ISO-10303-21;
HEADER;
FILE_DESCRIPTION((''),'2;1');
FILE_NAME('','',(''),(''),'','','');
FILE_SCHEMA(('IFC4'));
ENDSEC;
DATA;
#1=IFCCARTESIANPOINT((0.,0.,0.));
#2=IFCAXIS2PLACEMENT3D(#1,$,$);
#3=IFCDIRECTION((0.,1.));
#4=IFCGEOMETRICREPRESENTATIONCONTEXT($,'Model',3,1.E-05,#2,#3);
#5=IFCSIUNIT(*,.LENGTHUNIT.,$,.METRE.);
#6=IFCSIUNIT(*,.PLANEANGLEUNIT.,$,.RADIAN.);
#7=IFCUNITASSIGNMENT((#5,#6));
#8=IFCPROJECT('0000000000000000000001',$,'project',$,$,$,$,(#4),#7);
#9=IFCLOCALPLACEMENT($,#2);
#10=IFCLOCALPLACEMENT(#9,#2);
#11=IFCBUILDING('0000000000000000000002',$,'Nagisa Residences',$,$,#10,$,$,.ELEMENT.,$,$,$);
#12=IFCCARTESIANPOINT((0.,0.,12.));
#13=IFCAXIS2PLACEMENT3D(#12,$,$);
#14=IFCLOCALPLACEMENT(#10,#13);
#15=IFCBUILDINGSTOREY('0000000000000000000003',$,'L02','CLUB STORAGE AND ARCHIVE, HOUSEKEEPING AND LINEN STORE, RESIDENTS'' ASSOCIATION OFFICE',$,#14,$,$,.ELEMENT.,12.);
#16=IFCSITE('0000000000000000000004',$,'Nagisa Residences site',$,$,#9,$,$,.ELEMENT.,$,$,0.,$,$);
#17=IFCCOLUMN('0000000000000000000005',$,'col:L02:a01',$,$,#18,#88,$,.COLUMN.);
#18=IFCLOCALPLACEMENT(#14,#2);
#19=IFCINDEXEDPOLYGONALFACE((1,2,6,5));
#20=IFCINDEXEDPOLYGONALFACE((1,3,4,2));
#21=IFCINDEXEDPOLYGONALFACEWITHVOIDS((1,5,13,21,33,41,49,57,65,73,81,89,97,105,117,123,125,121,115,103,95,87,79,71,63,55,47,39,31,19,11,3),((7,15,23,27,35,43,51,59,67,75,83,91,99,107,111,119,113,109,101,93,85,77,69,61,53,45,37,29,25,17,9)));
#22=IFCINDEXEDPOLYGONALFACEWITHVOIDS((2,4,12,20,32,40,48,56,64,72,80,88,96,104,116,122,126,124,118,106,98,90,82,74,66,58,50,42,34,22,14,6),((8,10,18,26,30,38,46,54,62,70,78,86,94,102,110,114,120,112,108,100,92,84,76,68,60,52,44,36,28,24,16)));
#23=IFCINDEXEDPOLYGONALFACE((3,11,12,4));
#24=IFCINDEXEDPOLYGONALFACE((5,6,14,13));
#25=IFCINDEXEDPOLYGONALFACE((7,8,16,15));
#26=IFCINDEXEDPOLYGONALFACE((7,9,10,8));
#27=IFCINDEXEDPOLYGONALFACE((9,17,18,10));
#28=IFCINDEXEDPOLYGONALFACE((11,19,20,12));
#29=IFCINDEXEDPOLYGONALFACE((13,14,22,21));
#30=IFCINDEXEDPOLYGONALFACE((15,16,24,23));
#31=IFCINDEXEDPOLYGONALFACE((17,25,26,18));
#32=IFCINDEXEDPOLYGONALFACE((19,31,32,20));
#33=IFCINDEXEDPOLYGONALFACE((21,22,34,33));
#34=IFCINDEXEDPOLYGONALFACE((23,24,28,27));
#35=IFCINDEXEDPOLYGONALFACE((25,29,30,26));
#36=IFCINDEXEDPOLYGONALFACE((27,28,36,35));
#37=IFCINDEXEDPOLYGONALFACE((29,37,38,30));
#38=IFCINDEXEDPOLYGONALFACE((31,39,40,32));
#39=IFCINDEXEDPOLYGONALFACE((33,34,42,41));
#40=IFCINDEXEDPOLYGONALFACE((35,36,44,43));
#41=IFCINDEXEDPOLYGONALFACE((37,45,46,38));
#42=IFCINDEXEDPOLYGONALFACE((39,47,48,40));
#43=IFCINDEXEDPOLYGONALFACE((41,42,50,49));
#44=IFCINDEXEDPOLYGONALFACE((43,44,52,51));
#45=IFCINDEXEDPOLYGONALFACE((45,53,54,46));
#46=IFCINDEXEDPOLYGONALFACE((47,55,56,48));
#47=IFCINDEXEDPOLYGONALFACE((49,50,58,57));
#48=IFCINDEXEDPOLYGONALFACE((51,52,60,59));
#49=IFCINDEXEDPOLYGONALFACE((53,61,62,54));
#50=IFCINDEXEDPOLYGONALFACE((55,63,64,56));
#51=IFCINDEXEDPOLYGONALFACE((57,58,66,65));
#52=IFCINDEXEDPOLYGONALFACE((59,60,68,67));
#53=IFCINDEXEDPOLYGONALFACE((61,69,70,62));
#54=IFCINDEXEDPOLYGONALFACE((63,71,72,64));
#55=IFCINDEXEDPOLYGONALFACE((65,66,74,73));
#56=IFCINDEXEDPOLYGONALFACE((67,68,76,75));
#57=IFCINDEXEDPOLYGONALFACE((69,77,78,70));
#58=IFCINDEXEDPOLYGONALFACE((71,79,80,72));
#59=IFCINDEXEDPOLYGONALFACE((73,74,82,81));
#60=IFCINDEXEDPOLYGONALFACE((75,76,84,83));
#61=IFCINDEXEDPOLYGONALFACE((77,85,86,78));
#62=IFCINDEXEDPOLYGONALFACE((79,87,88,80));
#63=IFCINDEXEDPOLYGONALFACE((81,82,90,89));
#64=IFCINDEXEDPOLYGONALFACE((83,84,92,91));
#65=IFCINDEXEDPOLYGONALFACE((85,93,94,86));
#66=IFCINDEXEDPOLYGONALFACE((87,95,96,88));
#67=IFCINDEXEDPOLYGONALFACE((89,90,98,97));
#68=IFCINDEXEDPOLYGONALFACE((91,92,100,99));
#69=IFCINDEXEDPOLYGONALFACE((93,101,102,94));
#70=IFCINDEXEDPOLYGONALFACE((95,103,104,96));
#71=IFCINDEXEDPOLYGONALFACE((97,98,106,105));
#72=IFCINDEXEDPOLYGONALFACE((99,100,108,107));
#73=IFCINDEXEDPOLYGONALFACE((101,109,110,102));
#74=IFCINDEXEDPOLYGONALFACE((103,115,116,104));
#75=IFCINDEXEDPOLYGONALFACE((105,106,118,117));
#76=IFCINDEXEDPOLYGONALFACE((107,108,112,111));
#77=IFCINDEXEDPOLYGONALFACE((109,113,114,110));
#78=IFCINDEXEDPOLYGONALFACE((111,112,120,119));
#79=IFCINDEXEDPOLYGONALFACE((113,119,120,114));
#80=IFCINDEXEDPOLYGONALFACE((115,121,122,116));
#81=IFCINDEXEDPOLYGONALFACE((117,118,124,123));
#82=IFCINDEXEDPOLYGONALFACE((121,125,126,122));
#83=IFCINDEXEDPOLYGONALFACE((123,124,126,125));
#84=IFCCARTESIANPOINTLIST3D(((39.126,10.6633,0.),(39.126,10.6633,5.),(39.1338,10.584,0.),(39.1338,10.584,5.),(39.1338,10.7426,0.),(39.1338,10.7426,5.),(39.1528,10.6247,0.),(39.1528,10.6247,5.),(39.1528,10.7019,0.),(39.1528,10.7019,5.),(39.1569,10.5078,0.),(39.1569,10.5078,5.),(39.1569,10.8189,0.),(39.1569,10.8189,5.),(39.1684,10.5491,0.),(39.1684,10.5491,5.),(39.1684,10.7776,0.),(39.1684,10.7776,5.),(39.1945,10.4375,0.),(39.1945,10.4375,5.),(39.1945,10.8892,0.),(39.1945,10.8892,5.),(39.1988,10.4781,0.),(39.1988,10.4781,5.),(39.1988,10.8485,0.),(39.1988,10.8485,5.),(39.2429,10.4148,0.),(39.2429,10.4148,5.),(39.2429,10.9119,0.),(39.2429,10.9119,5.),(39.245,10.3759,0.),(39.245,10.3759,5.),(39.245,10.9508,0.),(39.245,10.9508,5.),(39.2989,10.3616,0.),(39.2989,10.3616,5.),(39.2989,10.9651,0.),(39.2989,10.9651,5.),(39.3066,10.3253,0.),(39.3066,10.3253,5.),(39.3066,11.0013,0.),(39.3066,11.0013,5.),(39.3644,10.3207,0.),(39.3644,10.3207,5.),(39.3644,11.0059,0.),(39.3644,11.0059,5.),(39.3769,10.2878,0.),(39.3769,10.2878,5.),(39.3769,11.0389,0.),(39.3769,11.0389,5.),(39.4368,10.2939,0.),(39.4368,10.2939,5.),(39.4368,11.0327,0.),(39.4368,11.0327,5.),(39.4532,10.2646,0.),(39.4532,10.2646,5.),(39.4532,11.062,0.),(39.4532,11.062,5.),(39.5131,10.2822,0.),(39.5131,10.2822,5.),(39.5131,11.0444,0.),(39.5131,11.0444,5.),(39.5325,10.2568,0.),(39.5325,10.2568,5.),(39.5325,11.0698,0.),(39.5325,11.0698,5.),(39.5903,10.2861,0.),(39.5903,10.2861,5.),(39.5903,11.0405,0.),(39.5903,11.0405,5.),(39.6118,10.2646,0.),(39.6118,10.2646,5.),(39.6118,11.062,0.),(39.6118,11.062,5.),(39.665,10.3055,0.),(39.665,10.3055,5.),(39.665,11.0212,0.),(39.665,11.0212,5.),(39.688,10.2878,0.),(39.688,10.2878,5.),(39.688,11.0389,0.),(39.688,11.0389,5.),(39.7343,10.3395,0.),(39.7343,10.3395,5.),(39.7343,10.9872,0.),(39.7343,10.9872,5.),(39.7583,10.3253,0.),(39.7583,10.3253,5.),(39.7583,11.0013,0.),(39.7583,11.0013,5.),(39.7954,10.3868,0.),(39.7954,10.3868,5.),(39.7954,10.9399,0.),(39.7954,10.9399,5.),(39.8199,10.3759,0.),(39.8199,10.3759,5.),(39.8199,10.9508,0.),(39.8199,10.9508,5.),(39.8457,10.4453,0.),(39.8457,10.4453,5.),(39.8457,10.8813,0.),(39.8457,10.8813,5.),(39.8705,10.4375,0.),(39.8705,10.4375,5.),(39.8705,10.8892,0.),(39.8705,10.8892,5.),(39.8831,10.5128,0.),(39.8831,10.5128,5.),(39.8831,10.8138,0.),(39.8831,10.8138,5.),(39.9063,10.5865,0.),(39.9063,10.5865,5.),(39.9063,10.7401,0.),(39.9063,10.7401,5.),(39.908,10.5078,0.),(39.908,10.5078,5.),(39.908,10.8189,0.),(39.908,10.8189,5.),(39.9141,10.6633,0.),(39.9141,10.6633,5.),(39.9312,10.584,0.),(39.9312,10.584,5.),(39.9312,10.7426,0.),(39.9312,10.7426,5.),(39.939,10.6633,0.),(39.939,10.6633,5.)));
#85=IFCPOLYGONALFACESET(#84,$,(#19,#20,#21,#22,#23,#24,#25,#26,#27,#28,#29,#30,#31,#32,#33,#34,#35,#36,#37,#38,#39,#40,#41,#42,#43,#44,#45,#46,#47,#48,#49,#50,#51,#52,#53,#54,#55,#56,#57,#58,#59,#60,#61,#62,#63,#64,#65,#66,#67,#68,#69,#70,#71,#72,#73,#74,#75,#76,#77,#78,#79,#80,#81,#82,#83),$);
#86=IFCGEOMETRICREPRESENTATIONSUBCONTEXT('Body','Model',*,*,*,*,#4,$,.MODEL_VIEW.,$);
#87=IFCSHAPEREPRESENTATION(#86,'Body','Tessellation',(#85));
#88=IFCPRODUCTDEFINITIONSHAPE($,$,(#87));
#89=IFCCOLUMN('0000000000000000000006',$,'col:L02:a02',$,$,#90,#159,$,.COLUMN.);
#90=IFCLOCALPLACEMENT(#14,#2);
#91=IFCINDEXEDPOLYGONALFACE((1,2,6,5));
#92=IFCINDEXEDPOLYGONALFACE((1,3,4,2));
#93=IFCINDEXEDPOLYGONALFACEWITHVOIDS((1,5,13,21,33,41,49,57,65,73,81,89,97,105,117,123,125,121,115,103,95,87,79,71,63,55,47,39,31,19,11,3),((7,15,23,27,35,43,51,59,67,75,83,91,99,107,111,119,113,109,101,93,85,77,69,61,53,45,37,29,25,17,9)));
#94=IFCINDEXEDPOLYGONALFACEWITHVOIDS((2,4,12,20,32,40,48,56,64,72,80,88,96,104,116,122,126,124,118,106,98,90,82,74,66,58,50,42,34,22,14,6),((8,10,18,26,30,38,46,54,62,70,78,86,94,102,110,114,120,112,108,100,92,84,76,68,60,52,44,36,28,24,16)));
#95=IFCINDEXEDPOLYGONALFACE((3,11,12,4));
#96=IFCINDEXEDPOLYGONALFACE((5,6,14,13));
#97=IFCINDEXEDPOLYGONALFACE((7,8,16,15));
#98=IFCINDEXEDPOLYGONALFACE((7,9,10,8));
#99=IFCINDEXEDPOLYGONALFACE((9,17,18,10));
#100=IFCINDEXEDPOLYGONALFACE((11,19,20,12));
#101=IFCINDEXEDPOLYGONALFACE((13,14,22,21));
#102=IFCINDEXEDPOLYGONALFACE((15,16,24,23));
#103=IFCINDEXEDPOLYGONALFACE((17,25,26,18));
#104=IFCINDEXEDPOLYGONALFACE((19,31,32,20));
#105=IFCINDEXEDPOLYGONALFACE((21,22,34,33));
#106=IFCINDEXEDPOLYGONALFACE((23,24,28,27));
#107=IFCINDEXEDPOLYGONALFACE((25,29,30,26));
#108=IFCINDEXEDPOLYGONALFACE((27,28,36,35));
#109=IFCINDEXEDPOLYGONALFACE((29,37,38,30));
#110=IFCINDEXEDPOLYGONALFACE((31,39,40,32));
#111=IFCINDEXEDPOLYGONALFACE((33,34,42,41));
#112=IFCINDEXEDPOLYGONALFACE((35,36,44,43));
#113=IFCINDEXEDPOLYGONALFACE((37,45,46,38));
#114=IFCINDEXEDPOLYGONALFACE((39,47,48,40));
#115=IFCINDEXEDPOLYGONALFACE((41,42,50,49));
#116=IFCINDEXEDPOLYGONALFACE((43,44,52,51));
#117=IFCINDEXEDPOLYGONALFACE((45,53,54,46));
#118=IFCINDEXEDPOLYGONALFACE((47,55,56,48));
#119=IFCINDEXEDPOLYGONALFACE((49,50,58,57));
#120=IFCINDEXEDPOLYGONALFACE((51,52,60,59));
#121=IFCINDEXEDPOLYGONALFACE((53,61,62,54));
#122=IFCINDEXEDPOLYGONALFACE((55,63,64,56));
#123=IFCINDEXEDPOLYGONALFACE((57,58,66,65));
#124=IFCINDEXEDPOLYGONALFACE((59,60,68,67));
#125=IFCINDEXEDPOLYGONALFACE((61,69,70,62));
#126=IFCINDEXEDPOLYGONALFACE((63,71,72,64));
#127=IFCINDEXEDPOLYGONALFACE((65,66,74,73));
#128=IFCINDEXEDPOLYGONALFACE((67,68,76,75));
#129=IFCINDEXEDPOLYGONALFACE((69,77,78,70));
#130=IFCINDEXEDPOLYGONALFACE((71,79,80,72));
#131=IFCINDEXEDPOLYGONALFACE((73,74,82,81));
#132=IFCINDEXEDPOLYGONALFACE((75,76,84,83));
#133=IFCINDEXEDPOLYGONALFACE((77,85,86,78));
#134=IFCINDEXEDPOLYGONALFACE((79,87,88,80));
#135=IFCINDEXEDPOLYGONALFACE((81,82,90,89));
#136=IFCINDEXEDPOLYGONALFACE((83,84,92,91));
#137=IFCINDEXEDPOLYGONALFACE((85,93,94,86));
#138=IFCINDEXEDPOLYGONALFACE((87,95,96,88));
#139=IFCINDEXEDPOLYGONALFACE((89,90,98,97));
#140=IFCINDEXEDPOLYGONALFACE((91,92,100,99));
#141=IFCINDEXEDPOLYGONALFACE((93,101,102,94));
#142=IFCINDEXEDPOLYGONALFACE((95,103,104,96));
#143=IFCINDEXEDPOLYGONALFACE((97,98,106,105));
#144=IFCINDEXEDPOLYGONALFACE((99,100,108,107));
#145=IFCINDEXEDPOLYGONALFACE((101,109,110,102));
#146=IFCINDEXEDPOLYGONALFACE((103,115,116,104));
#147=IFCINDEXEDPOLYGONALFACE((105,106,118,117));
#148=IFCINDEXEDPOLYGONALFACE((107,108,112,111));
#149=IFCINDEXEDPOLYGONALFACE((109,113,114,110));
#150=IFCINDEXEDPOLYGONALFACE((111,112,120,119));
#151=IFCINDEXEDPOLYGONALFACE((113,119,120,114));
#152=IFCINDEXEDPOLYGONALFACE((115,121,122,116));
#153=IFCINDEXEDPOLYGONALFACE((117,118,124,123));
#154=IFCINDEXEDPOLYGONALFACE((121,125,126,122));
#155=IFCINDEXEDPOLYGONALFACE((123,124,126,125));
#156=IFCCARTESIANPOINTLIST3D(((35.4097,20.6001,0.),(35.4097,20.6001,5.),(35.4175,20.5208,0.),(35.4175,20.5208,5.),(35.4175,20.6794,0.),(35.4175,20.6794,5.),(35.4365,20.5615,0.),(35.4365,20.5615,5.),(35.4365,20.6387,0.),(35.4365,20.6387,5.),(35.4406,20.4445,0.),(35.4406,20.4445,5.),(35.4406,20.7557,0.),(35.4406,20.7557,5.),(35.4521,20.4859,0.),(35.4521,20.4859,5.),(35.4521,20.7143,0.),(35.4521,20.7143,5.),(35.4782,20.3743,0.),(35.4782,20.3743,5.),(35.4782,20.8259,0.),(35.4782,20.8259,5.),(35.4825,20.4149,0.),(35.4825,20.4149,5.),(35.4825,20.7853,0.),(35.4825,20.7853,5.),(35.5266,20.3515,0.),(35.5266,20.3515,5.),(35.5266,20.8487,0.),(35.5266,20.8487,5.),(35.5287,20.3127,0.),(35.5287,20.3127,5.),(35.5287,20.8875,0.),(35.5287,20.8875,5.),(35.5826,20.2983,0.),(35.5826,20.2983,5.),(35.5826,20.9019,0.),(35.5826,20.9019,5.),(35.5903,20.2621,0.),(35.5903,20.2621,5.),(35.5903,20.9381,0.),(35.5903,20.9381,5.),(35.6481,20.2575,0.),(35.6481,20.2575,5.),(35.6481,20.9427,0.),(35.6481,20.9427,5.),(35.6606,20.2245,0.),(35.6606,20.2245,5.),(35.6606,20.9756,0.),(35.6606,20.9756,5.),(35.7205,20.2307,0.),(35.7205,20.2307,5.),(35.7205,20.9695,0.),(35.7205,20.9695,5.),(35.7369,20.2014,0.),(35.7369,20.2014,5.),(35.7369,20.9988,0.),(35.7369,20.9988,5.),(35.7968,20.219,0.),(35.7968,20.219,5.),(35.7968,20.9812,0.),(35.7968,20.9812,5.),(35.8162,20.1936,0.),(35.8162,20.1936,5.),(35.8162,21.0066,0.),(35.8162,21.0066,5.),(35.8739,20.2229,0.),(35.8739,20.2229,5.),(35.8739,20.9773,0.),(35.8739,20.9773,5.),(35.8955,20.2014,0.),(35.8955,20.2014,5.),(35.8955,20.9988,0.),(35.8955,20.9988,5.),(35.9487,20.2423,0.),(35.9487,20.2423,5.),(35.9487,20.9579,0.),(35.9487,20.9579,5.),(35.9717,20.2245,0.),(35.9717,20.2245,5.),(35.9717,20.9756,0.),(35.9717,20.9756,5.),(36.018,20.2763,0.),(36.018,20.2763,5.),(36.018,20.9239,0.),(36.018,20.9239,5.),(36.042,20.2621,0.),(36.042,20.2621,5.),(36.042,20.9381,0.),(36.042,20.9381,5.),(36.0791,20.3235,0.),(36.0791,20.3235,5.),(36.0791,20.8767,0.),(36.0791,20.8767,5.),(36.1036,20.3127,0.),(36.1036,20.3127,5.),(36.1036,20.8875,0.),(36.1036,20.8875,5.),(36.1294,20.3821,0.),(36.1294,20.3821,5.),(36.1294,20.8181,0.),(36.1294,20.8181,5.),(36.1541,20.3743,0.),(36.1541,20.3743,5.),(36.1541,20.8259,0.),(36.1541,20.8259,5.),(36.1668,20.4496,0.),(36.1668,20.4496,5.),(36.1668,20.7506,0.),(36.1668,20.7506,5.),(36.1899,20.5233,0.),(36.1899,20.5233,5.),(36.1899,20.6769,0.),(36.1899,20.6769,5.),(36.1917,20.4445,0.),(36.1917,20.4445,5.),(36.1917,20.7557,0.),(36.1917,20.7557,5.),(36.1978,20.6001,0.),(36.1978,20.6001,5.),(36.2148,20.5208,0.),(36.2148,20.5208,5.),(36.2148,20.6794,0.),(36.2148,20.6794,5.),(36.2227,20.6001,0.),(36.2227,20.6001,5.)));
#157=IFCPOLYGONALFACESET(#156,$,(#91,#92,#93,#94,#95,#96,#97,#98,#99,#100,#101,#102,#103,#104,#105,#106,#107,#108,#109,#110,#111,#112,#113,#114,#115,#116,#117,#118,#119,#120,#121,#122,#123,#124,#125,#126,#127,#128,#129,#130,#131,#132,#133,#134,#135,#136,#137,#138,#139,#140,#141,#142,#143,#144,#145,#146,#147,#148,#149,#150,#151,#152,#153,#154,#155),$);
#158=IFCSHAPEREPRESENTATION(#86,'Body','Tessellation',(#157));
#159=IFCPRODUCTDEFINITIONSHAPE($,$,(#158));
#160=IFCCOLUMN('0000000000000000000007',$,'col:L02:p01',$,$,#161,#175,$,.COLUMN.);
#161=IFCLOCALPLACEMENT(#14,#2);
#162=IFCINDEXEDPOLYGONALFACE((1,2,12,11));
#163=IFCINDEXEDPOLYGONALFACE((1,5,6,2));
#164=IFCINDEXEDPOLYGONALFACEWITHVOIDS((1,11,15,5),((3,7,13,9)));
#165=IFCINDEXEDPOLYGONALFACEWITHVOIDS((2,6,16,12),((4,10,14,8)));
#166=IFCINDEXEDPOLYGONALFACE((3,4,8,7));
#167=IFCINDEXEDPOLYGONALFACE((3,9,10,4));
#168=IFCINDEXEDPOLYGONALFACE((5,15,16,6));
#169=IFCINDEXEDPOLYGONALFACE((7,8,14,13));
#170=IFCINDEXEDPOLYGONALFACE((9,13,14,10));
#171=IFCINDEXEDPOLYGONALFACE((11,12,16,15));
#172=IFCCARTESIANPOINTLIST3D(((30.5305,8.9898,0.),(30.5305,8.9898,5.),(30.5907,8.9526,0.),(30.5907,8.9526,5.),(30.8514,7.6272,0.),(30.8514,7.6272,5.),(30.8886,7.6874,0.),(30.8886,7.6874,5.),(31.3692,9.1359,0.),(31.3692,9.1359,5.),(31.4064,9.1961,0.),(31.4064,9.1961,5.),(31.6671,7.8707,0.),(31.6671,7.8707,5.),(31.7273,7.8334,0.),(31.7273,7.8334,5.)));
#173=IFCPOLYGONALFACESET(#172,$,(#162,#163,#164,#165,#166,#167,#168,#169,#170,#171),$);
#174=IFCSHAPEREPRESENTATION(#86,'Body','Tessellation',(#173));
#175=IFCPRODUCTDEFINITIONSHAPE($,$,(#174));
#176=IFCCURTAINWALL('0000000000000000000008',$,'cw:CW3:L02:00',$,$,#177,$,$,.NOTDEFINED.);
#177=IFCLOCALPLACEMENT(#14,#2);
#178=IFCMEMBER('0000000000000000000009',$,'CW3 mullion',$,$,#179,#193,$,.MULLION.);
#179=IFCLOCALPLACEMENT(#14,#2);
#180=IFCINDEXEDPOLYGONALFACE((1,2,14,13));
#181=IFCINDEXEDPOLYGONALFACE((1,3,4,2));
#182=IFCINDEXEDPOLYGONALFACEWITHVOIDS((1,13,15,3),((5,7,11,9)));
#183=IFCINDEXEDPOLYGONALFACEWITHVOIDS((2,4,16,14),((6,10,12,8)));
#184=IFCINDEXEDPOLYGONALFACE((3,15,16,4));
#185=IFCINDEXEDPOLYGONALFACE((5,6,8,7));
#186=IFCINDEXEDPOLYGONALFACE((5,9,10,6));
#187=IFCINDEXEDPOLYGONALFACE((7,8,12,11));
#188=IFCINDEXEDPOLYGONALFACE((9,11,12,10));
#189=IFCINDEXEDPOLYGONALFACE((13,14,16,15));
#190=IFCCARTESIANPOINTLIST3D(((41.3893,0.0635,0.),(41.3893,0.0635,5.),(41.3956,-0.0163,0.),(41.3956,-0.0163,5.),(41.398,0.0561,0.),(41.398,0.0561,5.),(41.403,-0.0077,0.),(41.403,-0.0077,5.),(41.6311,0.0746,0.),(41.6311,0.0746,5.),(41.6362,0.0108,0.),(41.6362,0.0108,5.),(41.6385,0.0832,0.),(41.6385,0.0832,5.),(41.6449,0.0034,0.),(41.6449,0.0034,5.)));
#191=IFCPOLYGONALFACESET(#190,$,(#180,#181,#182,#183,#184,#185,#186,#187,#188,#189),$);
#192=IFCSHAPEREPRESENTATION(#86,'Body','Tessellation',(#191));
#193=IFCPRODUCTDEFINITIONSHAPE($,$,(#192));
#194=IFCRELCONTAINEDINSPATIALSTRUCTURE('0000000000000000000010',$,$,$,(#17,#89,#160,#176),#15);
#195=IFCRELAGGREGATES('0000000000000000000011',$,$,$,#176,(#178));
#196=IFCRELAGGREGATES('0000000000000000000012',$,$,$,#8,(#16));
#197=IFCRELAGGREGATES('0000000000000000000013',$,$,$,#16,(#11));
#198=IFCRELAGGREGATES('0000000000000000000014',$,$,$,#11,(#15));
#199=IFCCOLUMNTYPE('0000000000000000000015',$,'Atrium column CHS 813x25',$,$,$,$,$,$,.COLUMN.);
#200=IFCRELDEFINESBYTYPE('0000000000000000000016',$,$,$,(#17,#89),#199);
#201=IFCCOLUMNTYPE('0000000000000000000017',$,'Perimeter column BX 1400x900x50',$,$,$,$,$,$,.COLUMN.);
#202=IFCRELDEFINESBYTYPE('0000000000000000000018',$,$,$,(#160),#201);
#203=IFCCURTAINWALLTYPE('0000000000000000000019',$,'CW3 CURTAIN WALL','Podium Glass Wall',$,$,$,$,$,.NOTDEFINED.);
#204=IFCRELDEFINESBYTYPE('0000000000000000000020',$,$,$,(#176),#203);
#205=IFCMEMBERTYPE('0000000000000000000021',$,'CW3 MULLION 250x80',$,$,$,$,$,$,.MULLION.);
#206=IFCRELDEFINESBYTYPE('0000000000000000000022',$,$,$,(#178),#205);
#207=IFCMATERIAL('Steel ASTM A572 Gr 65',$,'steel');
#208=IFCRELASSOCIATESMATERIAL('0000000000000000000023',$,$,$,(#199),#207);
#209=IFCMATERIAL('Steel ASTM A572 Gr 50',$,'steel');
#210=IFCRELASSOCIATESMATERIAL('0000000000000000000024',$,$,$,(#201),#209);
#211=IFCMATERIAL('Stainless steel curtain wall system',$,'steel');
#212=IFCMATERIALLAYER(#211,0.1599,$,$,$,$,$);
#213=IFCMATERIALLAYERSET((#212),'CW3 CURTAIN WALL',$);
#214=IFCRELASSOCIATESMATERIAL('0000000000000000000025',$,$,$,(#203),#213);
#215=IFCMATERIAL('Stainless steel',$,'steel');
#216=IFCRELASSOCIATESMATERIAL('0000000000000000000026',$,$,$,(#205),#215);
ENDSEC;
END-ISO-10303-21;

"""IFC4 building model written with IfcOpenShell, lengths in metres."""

from ifc_helpers import new_model, si_unit, direction, frame, origin, origin_2d, place, context, subcontext, project, spatial, hollow_rectangle, hollow_circle, extrude, material, layer, layer_set, material_profile, profile_set, type_object, element, aggregate, save


model = new_model("IFC4")

# Units and contexts
model_context = context("Model", 3, precision=1e-05, world=origin(), true_north=direction((0.0, 1.0)))
body_context = subcontext(model_context, "Body", "Model", "MODEL_VIEW")
ifc_project = project(units=[si_unit("LENGTHUNIT", "METRE"), si_unit("PLANEANGLEUNIT", "RADIAN")], contexts=[model_context])

# Site, building, storey
site_placement = place(None, origin())
site = spatial("IfcSite", under=ifc_project, at=site_placement, Name="Nagisa Residences site", CompositionType="ELEMENT", RefElevation=0.0)
building_placement = place(site_placement, origin())
building = spatial("IfcBuilding", under=site, at=building_placement, Name="Nagisa Residences", CompositionType="ELEMENT")
storey_placement = place(building_placement, frame((0.0, 0.0, 12.0)))
storey = spatial("IfcBuildingStorey", under=building, at=storey_placement, Name="L02", Description="CLUB STORAGE AND ARCHIVE, HOUSEKEEPING AND LINEN STORE, RESIDENTS' ASSOCIATION OFFICE", CompositionType="ELEMENT", Elevation=12.0)

# Columns
ifc_material_1 = material(Name="Steel ASTM A572 Gr 65", Category="steel")
ifc_material_profile_1 = material_profile(ifc_material_1, hollow_circle(Radius=0.4065, WallThickness=0.0249, at=origin_2d()), Name="CHS 813x25")
ifc_profile_set_1 = profile_set([ifc_material_profile_1], Name="Steel ASTM A572 Gr 65")
column_type_1 = type_object("IfcColumnType", Name="Atrium column CHS 813x25", PredefinedType="COLUMN", material=ifc_profile_set_1)
for number, where, z_axis, x_axis, name in (
    (1, (39.5325, 10.6633, 0.0), (0.0, 0.0, 1.0), (1.0, 0.0, 0.0), "col:L02:a01"),
    (2, (35.8162, 20.6001, 0.0), (0.0, 0.0, 1.0), (1.0, 0.0, 0.0), "col:L02:a02"),
):
    element("IfcColumn", number, at=place(storey_placement, frame(where, z_axis=z_axis, x_axis=x_axis)), inside=storey, type_object=column_type_1, Name=name, PredefinedType="COLUMN", context=body_context, shape_type="SweptSolid", body=[
        extrude(hollow_circle(Radius=0.4065, WallThickness=0.0249, at=origin_2d()), origin(), (0.0, 0.0, 1.0), 5.0),
    ])
ifc_material_2 = material(Name="Steel ASTM A572 Gr 50", Category="steel")
ifc_material_profile_2 = material_profile(ifc_material_2, hollow_rectangle(XDim=1.3999, YDim=0.8999, WallThickness=0.05, at=origin_2d()), Name="BX 1400x900x50")
ifc_profile_set_2 = profile_set([ifc_material_profile_2], Name="Steel ASTM A572 Gr 50")
column_type_2 = type_object("IfcColumnType", Name="Perimeter column BX 1400x900x50", PredefinedType="COLUMN", material=ifc_profile_set_2)
column_placement = place(storey_placement, frame((31.1289, 8.4116, 0.0), z_axis=(0.0, 0.0, 1.0), x_axis=(-0.229202, 0.973379, 0.0)))
element("IfcColumn", 3, at=column_placement, inside=storey, type_object=column_type_2, Name="col:L02:p01", PredefinedType="COLUMN", context=body_context, shape_type="SweptSolid", body=[
    extrude(hollow_rectangle(XDim=1.3999, YDim=0.8999, WallThickness=0.05, at=origin_2d()), origin(), (0.0, 0.0, 1.0), 5.0),
])

# Curtain wall, member
ifc_material_3 = material(Name="Stainless steel curtain wall system", Category="steel")
ifc_layer_1 = layer(ifc_material_3, 0.1599)
ifc_layer_set_1 = layer_set([ifc_layer_1], Name="CW3 CURTAIN WALL")
curtain_wall_type_1 = type_object("IfcCurtainWallType", Name="CW3 CURTAIN WALL", Description="Podium Glass Wall", PredefinedType="NOTDEFINED", material=ifc_layer_set_1)
curtain_wall_1_placement = place(storey_placement, origin())
curtain_wall_1 = element("IfcCurtainWall", 4, at=curtain_wall_1_placement, inside=storey, type_object=curtain_wall_type_1, Name="cw:CW3:L02:00", PredefinedType="NOTDEFINED")
ifc_material_4 = material(Name="Stainless steel", Category="steel")
ifc_material_profile_3 = material_profile(ifc_material_4, hollow_rectangle(XDim=0.25, YDim=0.0801, WallThickness=0.0081, at=origin_2d()), Name="CW3 MULLION 250x80")
ifc_profile_set_3 = profile_set([ifc_material_profile_3], Name="Stainless steel")
member_type_1 = type_object("IfcMemberType", Name="CW3 MULLION 250x80", PredefinedType="MULLION", material=ifc_profile_set_3)
member_1_placement = place(storey_placement, frame((41.5171, 0.0334, 0.0), z_axis=(0.0, 0.0, 1.0), x_axis=(-0.996882, -0.07891, 0.0)))
member_1 = element("IfcMember", 5, at=member_1_placement, type_object=member_type_1, Name="CW3 mullion", PredefinedType="MULLION", context=body_context, shape_type="SweptSolid", body=[
    extrude(hollow_rectangle(XDim=0.25, YDim=0.0801, WallThickness=0.0081, at=origin_2d()), origin(), (0.0, 0.0, 1.0), 5.0),
])

aggregate(curtain_wall_1, [member_1])

save(model, "model.ifc")
